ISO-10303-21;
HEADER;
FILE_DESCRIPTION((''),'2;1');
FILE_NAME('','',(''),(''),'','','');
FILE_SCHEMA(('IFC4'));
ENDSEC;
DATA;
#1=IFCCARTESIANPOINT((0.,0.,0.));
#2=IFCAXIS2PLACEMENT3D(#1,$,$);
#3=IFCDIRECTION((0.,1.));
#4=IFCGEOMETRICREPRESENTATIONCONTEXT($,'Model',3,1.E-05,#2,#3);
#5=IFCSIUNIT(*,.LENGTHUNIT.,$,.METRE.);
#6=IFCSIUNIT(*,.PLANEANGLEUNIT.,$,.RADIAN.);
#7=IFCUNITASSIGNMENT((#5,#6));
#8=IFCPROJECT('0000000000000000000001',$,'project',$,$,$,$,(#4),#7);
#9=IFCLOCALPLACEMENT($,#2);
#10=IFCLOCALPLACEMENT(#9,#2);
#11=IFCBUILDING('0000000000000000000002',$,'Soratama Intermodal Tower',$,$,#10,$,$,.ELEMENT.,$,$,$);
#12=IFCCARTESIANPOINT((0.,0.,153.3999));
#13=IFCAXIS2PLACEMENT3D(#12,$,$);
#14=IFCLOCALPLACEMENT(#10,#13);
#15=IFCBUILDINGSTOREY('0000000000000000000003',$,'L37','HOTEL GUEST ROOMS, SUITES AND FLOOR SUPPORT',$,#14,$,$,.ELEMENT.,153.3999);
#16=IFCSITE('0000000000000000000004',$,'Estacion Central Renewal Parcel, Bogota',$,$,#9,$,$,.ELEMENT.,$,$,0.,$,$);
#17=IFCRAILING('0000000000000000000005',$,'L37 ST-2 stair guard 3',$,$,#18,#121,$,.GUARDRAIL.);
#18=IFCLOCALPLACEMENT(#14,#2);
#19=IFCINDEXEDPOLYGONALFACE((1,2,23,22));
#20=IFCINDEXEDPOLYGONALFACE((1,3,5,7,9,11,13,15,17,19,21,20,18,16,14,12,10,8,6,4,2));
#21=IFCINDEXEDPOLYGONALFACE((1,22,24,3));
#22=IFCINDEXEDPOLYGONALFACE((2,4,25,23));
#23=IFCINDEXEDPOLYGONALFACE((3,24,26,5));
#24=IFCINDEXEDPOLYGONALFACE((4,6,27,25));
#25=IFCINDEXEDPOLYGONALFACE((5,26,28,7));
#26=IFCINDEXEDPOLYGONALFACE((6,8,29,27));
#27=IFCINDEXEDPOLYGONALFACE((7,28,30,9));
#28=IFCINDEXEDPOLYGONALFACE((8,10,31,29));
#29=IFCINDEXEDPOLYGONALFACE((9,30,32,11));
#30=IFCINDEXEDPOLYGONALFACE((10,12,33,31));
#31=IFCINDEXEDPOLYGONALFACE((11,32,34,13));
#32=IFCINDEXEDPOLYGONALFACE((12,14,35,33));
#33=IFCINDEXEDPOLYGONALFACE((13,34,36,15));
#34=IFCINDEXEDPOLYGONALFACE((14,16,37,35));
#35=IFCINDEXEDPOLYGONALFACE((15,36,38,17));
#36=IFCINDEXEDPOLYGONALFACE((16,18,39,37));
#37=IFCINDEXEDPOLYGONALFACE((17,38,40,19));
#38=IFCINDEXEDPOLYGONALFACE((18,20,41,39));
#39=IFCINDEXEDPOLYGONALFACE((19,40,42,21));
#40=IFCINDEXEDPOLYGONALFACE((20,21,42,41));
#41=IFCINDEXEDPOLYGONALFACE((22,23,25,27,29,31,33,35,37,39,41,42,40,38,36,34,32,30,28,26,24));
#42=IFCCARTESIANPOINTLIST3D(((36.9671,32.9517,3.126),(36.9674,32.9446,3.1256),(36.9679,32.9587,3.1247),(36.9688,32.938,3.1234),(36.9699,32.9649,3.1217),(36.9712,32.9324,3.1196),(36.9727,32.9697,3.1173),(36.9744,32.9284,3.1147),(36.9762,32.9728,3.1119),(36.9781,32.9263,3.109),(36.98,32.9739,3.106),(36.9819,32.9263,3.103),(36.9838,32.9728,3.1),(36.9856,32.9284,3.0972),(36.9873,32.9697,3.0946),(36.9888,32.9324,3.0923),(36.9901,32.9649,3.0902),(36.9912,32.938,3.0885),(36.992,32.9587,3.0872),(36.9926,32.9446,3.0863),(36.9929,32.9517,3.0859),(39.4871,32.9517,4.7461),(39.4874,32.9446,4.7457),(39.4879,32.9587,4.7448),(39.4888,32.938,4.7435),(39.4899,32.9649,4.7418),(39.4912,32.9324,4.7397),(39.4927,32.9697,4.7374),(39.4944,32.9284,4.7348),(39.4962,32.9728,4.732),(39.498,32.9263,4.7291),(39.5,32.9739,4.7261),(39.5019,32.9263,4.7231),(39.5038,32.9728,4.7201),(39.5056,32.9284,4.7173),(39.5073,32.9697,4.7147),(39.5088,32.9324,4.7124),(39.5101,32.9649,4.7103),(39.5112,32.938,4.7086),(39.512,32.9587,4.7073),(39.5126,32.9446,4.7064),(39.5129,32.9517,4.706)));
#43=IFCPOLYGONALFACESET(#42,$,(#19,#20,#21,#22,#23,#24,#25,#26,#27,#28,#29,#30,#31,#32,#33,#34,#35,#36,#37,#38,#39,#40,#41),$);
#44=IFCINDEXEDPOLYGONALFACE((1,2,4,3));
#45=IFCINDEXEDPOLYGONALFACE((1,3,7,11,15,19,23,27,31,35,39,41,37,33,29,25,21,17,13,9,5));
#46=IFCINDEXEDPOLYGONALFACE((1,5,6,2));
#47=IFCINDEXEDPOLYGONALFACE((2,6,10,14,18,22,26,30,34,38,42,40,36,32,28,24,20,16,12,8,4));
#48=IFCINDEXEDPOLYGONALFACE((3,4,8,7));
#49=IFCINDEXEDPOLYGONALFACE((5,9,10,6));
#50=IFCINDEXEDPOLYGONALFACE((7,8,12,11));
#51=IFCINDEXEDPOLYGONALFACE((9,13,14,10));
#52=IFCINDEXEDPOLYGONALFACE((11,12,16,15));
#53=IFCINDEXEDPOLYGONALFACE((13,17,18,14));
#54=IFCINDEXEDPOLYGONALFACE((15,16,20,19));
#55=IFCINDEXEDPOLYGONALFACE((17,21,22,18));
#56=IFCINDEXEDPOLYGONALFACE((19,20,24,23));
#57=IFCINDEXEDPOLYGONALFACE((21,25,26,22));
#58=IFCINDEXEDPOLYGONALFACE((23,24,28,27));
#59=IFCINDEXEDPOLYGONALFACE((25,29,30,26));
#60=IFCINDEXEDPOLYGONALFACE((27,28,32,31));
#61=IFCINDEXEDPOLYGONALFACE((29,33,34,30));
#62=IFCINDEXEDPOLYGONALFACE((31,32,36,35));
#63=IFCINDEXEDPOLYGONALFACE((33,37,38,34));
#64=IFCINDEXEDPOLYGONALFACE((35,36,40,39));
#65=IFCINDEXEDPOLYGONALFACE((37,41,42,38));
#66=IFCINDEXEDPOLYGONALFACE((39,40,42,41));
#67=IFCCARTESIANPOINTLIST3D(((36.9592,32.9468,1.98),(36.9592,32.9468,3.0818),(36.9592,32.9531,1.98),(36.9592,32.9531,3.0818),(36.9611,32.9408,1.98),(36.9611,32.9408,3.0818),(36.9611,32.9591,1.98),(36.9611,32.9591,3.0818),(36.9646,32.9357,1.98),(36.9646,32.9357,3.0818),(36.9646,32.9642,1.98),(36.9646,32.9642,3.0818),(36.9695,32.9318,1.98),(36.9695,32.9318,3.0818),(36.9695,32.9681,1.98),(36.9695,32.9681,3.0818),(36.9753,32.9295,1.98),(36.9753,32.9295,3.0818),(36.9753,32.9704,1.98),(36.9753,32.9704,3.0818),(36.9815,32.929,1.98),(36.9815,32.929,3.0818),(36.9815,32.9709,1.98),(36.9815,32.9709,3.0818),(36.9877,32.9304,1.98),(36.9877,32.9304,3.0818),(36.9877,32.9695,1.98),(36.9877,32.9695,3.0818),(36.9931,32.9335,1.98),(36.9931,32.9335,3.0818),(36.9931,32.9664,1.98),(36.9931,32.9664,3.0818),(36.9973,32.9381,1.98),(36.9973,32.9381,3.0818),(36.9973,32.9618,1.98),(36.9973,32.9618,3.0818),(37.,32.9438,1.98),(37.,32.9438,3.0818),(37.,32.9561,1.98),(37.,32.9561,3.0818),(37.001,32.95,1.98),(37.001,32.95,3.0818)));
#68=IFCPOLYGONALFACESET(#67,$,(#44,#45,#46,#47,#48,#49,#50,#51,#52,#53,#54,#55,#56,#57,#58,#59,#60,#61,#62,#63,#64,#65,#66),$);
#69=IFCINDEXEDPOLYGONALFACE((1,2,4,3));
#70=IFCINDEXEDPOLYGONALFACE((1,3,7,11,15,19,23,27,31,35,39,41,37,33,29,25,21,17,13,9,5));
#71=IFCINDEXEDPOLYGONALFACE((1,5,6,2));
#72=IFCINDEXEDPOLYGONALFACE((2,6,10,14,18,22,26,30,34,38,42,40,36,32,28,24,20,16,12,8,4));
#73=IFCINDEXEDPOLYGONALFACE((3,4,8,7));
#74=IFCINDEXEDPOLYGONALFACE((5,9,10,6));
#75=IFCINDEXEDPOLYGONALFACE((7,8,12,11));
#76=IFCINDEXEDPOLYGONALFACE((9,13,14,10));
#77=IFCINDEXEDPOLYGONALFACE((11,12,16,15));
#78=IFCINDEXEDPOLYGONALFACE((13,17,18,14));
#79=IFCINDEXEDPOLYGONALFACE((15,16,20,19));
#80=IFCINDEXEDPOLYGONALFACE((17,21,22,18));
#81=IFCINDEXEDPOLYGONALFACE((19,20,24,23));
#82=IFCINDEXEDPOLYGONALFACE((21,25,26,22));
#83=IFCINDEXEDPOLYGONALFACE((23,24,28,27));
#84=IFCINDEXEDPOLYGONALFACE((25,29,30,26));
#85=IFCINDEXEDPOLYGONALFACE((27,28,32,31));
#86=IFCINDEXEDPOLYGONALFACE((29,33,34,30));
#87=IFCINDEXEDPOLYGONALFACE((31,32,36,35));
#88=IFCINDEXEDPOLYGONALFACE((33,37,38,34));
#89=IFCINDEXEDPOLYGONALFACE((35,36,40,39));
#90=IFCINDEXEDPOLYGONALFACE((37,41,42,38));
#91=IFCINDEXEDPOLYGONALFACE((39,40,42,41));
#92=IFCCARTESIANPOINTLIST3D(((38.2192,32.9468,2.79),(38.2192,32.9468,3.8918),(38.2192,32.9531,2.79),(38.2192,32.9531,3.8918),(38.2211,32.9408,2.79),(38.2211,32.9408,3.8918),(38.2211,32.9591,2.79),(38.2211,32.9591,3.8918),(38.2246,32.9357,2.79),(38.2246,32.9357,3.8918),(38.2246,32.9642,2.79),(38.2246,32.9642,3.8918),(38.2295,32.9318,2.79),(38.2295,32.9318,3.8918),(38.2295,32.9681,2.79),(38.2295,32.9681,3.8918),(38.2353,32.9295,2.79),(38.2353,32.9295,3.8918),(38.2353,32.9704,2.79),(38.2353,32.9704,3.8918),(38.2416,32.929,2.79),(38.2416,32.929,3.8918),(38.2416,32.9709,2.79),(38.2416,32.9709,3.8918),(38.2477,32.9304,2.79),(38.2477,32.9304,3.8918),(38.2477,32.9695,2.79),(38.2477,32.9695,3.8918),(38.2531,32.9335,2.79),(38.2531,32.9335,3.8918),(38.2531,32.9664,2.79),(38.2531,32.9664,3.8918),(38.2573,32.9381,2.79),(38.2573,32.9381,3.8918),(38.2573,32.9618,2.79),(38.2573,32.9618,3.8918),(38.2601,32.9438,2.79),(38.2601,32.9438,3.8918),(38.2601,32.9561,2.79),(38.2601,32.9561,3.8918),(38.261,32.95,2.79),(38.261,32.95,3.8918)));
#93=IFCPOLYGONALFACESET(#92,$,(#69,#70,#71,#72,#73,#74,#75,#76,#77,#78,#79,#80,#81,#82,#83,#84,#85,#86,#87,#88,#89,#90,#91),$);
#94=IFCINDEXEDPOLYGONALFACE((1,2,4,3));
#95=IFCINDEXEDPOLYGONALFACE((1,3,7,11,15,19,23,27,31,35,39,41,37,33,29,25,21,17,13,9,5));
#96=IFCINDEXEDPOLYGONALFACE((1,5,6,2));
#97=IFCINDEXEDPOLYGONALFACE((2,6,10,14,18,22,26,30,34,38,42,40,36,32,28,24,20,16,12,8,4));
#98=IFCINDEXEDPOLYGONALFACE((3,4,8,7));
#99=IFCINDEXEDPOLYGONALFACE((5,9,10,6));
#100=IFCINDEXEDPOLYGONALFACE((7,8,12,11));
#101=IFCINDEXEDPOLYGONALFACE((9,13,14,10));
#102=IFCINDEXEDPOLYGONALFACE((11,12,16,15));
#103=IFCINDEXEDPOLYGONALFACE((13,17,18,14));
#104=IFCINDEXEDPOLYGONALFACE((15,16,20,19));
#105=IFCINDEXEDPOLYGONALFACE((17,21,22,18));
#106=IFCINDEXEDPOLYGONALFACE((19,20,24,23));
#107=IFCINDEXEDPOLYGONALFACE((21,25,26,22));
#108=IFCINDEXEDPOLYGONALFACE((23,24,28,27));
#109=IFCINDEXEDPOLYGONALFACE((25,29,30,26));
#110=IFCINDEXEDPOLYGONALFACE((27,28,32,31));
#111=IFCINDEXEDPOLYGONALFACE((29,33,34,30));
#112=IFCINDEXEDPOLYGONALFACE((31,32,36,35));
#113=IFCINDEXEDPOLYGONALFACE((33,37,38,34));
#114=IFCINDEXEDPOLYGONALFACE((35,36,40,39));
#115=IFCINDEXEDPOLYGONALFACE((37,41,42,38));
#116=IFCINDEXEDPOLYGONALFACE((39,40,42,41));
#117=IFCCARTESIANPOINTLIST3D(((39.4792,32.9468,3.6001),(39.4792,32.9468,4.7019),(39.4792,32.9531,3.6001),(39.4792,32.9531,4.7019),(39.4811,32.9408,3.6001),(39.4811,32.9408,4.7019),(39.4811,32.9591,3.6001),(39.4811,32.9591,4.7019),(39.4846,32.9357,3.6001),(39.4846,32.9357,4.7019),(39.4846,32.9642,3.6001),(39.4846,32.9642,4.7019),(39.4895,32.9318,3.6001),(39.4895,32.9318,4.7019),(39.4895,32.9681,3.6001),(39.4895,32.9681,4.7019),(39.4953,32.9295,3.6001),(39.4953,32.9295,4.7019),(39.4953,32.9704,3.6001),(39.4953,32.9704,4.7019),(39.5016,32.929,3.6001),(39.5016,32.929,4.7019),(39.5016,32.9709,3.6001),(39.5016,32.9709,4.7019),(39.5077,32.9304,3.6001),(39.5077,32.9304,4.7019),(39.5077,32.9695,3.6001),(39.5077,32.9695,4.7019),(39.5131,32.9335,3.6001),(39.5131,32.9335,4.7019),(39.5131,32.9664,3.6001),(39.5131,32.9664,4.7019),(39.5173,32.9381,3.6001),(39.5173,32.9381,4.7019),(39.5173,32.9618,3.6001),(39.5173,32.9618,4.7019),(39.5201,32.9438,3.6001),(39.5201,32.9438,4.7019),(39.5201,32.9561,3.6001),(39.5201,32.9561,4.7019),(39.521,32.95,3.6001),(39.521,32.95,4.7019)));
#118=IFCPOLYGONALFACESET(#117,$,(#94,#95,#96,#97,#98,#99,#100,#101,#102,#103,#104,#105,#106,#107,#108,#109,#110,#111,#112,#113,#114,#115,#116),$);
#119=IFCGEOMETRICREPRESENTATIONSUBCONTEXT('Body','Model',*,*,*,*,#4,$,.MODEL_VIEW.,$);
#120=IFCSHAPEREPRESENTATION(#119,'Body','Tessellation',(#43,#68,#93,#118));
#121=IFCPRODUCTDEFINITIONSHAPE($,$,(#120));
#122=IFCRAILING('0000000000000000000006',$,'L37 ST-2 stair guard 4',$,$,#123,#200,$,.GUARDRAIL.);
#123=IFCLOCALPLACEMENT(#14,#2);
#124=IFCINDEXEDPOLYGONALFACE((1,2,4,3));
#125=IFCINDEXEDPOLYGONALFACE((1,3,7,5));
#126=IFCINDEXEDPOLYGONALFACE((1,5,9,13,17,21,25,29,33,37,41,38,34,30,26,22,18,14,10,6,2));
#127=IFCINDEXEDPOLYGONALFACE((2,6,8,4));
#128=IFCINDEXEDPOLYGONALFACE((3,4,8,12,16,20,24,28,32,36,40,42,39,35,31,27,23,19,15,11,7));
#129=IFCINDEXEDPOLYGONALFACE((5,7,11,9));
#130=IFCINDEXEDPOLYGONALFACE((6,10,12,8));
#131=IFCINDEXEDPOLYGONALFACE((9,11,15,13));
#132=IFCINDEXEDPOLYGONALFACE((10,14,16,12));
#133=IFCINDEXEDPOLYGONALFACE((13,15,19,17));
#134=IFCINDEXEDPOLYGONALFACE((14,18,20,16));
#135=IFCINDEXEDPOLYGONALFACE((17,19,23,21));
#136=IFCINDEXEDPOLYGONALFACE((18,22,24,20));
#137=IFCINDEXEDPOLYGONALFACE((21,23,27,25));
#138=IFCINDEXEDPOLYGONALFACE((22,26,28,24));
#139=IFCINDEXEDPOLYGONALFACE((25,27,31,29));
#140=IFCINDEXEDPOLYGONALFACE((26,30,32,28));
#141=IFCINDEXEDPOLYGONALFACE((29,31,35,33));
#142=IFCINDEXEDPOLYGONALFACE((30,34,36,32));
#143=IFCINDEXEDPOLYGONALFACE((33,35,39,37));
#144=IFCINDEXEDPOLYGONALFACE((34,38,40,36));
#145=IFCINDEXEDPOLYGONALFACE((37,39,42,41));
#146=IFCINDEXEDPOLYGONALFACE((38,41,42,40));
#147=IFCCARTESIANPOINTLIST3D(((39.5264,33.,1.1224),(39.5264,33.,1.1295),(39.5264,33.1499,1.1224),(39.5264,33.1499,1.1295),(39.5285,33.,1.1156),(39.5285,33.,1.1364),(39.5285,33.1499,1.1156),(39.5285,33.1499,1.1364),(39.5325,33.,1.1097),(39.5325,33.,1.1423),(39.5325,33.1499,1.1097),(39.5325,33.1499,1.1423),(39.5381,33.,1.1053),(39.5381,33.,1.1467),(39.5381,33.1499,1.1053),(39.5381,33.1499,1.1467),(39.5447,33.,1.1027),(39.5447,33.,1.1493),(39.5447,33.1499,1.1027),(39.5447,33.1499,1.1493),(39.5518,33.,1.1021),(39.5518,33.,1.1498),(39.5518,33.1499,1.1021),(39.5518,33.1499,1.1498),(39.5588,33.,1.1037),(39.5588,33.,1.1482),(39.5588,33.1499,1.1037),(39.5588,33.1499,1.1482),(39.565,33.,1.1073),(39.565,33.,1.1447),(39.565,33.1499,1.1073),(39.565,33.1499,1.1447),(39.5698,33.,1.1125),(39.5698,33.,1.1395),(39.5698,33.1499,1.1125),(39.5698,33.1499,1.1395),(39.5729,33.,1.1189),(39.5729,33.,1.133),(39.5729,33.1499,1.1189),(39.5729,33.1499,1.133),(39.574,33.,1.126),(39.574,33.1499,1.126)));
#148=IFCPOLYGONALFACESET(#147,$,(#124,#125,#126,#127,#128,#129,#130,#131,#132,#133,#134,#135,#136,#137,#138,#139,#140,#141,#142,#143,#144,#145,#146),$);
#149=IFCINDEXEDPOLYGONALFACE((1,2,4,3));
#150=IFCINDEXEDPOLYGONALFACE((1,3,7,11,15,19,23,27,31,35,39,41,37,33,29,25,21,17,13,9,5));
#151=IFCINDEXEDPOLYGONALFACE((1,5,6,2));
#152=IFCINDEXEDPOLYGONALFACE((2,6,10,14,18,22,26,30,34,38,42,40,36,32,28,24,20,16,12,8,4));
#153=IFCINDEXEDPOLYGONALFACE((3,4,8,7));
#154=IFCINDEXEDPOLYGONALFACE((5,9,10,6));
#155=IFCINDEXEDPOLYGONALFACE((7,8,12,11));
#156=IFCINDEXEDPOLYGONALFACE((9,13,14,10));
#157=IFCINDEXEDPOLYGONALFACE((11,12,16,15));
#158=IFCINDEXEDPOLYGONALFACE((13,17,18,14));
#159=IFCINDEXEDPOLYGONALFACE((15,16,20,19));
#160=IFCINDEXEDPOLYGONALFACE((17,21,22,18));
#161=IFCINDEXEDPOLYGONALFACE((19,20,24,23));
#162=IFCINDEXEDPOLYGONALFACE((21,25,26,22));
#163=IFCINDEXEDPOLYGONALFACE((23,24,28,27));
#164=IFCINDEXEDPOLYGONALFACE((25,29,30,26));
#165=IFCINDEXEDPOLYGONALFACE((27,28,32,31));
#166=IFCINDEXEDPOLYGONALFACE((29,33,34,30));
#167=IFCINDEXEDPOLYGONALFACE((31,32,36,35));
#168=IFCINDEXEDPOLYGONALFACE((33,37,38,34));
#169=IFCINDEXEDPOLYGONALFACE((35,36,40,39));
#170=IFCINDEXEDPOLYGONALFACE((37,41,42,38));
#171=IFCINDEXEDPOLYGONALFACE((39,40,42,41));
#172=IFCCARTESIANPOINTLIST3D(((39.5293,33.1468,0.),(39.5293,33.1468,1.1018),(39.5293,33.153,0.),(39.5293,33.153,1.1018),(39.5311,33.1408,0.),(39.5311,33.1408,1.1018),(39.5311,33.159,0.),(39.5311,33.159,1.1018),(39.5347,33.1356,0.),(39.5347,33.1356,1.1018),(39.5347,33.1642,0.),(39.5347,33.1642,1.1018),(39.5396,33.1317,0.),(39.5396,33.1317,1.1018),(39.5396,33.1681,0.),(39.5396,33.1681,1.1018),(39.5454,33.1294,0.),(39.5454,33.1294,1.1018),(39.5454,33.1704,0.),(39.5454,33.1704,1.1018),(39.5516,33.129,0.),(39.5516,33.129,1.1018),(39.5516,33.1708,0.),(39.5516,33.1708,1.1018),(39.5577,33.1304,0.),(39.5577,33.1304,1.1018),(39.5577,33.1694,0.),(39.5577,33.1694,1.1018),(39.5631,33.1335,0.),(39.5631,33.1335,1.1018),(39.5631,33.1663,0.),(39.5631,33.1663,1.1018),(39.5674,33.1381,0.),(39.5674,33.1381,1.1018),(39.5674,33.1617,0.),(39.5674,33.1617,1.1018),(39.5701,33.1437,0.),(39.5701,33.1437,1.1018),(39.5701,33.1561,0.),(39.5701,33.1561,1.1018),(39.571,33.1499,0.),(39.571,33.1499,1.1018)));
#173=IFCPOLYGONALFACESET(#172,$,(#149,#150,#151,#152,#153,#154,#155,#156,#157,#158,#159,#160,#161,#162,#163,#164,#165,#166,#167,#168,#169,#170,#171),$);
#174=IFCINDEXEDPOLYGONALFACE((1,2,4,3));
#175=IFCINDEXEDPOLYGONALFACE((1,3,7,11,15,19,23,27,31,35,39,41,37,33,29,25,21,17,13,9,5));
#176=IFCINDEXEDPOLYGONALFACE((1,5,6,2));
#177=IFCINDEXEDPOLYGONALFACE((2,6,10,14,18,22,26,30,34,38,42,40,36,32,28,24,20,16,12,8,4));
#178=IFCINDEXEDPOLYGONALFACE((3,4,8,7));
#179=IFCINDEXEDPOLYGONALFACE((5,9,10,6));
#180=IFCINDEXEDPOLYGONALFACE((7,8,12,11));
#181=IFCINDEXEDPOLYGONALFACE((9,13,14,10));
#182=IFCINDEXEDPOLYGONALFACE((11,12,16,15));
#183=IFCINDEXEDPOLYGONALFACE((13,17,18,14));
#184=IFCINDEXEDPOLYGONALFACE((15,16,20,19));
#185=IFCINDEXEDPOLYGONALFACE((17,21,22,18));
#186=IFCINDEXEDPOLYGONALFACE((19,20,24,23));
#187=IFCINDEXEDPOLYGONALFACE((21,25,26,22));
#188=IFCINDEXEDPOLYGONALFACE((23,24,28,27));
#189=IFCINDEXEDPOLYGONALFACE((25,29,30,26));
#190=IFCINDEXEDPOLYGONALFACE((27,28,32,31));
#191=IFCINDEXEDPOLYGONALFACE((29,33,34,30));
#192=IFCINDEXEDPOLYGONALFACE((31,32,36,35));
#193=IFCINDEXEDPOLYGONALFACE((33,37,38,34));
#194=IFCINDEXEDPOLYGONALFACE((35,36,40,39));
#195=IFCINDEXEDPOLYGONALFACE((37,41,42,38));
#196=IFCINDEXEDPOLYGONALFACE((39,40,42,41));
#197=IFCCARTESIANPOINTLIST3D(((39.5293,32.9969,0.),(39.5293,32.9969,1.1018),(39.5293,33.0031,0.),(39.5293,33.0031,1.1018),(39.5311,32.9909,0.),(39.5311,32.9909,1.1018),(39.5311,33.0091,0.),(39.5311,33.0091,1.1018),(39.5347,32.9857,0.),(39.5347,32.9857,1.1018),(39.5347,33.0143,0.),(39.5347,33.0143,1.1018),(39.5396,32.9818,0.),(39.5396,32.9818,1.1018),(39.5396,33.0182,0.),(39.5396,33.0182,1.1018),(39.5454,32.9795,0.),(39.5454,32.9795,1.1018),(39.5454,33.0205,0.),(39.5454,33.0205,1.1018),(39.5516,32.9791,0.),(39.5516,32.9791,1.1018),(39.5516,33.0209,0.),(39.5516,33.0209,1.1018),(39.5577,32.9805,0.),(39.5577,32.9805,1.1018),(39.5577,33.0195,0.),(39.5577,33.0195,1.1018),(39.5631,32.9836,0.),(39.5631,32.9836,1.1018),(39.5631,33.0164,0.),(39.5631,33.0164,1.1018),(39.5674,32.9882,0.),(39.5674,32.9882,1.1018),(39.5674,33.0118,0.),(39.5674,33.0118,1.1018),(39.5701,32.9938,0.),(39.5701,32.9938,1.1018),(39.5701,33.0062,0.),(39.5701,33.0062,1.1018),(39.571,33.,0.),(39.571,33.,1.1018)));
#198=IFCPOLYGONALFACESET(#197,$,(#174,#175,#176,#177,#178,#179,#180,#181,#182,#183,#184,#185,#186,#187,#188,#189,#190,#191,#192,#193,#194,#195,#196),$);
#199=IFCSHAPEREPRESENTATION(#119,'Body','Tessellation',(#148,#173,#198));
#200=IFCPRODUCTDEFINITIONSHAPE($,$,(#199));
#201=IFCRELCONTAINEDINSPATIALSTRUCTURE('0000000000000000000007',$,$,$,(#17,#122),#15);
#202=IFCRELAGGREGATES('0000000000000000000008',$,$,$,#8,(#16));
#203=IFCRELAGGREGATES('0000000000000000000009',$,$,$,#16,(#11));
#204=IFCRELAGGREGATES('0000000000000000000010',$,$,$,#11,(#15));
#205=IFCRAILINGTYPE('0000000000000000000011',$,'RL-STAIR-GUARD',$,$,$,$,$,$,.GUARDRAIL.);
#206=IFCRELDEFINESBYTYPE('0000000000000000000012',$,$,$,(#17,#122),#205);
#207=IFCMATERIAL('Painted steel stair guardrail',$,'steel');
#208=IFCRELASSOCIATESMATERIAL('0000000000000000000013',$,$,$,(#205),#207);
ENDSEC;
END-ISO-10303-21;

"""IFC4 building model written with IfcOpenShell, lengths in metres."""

from ifc_helpers import new_model, si_unit, direction, frame, origin, origin_2d, place, context, subcontext, project, spatial, circle, extrude, material, type_object, element, save


model = new_model("IFC4")

# Units and contexts
model_context = context("Model", 3, precision=1e-05, world=origin(), true_north=direction((0.0, 1.0)))
body_context = subcontext(model_context, "Body", "Model", "MODEL_VIEW")
ifc_project = project(units=[si_unit("LENGTHUNIT", "METRE"), si_unit("PLANEANGLEUNIT", "RADIAN")], contexts=[model_context])

# Site, building, storey
site_placement = place(None, origin())
site = spatial("IfcSite", under=ifc_project, at=site_placement, Name="Estacion Central Renewal Parcel, Bogota", CompositionType="ELEMENT", RefElevation=0.0)
building_placement = place(site_placement, origin())
building = spatial("IfcBuilding", under=site, at=building_placement, Name="Soratama Intermodal Tower", CompositionType="ELEMENT")
storey_placement = place(building_placement, frame((0.0, 0.0, 153.3999)))
storey = spatial("IfcBuildingStorey", under=building, at=storey_placement, Name="L37", Description="HOTEL GUEST ROOMS, SUITES AND FLOOR SUPPORT", CompositionType="ELEMENT", Elevation=153.3999)

# Railings
ifc_material_1 = material(Name="Painted steel stair guardrail", Category="steel")
railing_type_1 = type_object("IfcRailingType", Name="RL-STAIR-GUARD", PredefinedType="GUARDRAIL", material=ifc_material_1)
railing_1_placement = place(storey_placement, frame((36.98, 32.95, 1.98)))
element("IfcRailing", 1, at=railing_1_placement, inside=storey, type_object=railing_type_1, Name="L37 ST-2 stair guard 3", PredefinedType="GUARDRAIL", context=body_context, shape_type="SweptSolid", body=[
    extrude(circle(Radius=0.0239, at=origin_2d()), frame((0.0, 0.0, 1.126), z_axis=(0.841163, 0.0, 0.540782), x_axis=(0.0, 1.0, 0.0)), (0.0, 0.0, 1.0), 2.9958),
    extrude(circle(Radius=0.021, at=origin_2d()), origin(), (0.0, 0.0, 1.0), 1.1018),
    extrude(circle(Radius=0.021, at=origin_2d()), frame((1.26, 0.0, 0.8101)), (0.0, 0.0, 1.0), 1.1018),
    extrude(circle(Radius=0.021, at=origin_2d()), frame((2.52, 0.0, 1.6201)), (0.0, 0.0, 1.0), 1.1018),
])
railing_2_placement = place(storey_placement, frame((39.55, 33.1499, 0.0)))
element("IfcRailing", 2, at=railing_2_placement, inside=storey, type_object=railing_type_1, Name="L37 ST-2 stair guard 4", PredefinedType="GUARDRAIL", context=body_context, shape_type="SweptSolid", body=[
    extrude(circle(Radius=0.0239, at=origin_2d()), frame((0.0, 0.0, 1.126), z_axis=(0.0, -1.0, 0.0), x_axis=(1.0, 0.0, 0.0)), (0.0, 0.0, 1.0), 0.1499),
    extrude(circle(Radius=0.021, at=origin_2d()), origin(), (0.0, 0.0, 1.0), 1.1018),
    extrude(circle(Radius=0.021, at=origin_2d()), frame((0.0, -0.1499, 0.0)), (0.0, 0.0, 1.0), 1.1018),
])

save(model, "model.ifc")
